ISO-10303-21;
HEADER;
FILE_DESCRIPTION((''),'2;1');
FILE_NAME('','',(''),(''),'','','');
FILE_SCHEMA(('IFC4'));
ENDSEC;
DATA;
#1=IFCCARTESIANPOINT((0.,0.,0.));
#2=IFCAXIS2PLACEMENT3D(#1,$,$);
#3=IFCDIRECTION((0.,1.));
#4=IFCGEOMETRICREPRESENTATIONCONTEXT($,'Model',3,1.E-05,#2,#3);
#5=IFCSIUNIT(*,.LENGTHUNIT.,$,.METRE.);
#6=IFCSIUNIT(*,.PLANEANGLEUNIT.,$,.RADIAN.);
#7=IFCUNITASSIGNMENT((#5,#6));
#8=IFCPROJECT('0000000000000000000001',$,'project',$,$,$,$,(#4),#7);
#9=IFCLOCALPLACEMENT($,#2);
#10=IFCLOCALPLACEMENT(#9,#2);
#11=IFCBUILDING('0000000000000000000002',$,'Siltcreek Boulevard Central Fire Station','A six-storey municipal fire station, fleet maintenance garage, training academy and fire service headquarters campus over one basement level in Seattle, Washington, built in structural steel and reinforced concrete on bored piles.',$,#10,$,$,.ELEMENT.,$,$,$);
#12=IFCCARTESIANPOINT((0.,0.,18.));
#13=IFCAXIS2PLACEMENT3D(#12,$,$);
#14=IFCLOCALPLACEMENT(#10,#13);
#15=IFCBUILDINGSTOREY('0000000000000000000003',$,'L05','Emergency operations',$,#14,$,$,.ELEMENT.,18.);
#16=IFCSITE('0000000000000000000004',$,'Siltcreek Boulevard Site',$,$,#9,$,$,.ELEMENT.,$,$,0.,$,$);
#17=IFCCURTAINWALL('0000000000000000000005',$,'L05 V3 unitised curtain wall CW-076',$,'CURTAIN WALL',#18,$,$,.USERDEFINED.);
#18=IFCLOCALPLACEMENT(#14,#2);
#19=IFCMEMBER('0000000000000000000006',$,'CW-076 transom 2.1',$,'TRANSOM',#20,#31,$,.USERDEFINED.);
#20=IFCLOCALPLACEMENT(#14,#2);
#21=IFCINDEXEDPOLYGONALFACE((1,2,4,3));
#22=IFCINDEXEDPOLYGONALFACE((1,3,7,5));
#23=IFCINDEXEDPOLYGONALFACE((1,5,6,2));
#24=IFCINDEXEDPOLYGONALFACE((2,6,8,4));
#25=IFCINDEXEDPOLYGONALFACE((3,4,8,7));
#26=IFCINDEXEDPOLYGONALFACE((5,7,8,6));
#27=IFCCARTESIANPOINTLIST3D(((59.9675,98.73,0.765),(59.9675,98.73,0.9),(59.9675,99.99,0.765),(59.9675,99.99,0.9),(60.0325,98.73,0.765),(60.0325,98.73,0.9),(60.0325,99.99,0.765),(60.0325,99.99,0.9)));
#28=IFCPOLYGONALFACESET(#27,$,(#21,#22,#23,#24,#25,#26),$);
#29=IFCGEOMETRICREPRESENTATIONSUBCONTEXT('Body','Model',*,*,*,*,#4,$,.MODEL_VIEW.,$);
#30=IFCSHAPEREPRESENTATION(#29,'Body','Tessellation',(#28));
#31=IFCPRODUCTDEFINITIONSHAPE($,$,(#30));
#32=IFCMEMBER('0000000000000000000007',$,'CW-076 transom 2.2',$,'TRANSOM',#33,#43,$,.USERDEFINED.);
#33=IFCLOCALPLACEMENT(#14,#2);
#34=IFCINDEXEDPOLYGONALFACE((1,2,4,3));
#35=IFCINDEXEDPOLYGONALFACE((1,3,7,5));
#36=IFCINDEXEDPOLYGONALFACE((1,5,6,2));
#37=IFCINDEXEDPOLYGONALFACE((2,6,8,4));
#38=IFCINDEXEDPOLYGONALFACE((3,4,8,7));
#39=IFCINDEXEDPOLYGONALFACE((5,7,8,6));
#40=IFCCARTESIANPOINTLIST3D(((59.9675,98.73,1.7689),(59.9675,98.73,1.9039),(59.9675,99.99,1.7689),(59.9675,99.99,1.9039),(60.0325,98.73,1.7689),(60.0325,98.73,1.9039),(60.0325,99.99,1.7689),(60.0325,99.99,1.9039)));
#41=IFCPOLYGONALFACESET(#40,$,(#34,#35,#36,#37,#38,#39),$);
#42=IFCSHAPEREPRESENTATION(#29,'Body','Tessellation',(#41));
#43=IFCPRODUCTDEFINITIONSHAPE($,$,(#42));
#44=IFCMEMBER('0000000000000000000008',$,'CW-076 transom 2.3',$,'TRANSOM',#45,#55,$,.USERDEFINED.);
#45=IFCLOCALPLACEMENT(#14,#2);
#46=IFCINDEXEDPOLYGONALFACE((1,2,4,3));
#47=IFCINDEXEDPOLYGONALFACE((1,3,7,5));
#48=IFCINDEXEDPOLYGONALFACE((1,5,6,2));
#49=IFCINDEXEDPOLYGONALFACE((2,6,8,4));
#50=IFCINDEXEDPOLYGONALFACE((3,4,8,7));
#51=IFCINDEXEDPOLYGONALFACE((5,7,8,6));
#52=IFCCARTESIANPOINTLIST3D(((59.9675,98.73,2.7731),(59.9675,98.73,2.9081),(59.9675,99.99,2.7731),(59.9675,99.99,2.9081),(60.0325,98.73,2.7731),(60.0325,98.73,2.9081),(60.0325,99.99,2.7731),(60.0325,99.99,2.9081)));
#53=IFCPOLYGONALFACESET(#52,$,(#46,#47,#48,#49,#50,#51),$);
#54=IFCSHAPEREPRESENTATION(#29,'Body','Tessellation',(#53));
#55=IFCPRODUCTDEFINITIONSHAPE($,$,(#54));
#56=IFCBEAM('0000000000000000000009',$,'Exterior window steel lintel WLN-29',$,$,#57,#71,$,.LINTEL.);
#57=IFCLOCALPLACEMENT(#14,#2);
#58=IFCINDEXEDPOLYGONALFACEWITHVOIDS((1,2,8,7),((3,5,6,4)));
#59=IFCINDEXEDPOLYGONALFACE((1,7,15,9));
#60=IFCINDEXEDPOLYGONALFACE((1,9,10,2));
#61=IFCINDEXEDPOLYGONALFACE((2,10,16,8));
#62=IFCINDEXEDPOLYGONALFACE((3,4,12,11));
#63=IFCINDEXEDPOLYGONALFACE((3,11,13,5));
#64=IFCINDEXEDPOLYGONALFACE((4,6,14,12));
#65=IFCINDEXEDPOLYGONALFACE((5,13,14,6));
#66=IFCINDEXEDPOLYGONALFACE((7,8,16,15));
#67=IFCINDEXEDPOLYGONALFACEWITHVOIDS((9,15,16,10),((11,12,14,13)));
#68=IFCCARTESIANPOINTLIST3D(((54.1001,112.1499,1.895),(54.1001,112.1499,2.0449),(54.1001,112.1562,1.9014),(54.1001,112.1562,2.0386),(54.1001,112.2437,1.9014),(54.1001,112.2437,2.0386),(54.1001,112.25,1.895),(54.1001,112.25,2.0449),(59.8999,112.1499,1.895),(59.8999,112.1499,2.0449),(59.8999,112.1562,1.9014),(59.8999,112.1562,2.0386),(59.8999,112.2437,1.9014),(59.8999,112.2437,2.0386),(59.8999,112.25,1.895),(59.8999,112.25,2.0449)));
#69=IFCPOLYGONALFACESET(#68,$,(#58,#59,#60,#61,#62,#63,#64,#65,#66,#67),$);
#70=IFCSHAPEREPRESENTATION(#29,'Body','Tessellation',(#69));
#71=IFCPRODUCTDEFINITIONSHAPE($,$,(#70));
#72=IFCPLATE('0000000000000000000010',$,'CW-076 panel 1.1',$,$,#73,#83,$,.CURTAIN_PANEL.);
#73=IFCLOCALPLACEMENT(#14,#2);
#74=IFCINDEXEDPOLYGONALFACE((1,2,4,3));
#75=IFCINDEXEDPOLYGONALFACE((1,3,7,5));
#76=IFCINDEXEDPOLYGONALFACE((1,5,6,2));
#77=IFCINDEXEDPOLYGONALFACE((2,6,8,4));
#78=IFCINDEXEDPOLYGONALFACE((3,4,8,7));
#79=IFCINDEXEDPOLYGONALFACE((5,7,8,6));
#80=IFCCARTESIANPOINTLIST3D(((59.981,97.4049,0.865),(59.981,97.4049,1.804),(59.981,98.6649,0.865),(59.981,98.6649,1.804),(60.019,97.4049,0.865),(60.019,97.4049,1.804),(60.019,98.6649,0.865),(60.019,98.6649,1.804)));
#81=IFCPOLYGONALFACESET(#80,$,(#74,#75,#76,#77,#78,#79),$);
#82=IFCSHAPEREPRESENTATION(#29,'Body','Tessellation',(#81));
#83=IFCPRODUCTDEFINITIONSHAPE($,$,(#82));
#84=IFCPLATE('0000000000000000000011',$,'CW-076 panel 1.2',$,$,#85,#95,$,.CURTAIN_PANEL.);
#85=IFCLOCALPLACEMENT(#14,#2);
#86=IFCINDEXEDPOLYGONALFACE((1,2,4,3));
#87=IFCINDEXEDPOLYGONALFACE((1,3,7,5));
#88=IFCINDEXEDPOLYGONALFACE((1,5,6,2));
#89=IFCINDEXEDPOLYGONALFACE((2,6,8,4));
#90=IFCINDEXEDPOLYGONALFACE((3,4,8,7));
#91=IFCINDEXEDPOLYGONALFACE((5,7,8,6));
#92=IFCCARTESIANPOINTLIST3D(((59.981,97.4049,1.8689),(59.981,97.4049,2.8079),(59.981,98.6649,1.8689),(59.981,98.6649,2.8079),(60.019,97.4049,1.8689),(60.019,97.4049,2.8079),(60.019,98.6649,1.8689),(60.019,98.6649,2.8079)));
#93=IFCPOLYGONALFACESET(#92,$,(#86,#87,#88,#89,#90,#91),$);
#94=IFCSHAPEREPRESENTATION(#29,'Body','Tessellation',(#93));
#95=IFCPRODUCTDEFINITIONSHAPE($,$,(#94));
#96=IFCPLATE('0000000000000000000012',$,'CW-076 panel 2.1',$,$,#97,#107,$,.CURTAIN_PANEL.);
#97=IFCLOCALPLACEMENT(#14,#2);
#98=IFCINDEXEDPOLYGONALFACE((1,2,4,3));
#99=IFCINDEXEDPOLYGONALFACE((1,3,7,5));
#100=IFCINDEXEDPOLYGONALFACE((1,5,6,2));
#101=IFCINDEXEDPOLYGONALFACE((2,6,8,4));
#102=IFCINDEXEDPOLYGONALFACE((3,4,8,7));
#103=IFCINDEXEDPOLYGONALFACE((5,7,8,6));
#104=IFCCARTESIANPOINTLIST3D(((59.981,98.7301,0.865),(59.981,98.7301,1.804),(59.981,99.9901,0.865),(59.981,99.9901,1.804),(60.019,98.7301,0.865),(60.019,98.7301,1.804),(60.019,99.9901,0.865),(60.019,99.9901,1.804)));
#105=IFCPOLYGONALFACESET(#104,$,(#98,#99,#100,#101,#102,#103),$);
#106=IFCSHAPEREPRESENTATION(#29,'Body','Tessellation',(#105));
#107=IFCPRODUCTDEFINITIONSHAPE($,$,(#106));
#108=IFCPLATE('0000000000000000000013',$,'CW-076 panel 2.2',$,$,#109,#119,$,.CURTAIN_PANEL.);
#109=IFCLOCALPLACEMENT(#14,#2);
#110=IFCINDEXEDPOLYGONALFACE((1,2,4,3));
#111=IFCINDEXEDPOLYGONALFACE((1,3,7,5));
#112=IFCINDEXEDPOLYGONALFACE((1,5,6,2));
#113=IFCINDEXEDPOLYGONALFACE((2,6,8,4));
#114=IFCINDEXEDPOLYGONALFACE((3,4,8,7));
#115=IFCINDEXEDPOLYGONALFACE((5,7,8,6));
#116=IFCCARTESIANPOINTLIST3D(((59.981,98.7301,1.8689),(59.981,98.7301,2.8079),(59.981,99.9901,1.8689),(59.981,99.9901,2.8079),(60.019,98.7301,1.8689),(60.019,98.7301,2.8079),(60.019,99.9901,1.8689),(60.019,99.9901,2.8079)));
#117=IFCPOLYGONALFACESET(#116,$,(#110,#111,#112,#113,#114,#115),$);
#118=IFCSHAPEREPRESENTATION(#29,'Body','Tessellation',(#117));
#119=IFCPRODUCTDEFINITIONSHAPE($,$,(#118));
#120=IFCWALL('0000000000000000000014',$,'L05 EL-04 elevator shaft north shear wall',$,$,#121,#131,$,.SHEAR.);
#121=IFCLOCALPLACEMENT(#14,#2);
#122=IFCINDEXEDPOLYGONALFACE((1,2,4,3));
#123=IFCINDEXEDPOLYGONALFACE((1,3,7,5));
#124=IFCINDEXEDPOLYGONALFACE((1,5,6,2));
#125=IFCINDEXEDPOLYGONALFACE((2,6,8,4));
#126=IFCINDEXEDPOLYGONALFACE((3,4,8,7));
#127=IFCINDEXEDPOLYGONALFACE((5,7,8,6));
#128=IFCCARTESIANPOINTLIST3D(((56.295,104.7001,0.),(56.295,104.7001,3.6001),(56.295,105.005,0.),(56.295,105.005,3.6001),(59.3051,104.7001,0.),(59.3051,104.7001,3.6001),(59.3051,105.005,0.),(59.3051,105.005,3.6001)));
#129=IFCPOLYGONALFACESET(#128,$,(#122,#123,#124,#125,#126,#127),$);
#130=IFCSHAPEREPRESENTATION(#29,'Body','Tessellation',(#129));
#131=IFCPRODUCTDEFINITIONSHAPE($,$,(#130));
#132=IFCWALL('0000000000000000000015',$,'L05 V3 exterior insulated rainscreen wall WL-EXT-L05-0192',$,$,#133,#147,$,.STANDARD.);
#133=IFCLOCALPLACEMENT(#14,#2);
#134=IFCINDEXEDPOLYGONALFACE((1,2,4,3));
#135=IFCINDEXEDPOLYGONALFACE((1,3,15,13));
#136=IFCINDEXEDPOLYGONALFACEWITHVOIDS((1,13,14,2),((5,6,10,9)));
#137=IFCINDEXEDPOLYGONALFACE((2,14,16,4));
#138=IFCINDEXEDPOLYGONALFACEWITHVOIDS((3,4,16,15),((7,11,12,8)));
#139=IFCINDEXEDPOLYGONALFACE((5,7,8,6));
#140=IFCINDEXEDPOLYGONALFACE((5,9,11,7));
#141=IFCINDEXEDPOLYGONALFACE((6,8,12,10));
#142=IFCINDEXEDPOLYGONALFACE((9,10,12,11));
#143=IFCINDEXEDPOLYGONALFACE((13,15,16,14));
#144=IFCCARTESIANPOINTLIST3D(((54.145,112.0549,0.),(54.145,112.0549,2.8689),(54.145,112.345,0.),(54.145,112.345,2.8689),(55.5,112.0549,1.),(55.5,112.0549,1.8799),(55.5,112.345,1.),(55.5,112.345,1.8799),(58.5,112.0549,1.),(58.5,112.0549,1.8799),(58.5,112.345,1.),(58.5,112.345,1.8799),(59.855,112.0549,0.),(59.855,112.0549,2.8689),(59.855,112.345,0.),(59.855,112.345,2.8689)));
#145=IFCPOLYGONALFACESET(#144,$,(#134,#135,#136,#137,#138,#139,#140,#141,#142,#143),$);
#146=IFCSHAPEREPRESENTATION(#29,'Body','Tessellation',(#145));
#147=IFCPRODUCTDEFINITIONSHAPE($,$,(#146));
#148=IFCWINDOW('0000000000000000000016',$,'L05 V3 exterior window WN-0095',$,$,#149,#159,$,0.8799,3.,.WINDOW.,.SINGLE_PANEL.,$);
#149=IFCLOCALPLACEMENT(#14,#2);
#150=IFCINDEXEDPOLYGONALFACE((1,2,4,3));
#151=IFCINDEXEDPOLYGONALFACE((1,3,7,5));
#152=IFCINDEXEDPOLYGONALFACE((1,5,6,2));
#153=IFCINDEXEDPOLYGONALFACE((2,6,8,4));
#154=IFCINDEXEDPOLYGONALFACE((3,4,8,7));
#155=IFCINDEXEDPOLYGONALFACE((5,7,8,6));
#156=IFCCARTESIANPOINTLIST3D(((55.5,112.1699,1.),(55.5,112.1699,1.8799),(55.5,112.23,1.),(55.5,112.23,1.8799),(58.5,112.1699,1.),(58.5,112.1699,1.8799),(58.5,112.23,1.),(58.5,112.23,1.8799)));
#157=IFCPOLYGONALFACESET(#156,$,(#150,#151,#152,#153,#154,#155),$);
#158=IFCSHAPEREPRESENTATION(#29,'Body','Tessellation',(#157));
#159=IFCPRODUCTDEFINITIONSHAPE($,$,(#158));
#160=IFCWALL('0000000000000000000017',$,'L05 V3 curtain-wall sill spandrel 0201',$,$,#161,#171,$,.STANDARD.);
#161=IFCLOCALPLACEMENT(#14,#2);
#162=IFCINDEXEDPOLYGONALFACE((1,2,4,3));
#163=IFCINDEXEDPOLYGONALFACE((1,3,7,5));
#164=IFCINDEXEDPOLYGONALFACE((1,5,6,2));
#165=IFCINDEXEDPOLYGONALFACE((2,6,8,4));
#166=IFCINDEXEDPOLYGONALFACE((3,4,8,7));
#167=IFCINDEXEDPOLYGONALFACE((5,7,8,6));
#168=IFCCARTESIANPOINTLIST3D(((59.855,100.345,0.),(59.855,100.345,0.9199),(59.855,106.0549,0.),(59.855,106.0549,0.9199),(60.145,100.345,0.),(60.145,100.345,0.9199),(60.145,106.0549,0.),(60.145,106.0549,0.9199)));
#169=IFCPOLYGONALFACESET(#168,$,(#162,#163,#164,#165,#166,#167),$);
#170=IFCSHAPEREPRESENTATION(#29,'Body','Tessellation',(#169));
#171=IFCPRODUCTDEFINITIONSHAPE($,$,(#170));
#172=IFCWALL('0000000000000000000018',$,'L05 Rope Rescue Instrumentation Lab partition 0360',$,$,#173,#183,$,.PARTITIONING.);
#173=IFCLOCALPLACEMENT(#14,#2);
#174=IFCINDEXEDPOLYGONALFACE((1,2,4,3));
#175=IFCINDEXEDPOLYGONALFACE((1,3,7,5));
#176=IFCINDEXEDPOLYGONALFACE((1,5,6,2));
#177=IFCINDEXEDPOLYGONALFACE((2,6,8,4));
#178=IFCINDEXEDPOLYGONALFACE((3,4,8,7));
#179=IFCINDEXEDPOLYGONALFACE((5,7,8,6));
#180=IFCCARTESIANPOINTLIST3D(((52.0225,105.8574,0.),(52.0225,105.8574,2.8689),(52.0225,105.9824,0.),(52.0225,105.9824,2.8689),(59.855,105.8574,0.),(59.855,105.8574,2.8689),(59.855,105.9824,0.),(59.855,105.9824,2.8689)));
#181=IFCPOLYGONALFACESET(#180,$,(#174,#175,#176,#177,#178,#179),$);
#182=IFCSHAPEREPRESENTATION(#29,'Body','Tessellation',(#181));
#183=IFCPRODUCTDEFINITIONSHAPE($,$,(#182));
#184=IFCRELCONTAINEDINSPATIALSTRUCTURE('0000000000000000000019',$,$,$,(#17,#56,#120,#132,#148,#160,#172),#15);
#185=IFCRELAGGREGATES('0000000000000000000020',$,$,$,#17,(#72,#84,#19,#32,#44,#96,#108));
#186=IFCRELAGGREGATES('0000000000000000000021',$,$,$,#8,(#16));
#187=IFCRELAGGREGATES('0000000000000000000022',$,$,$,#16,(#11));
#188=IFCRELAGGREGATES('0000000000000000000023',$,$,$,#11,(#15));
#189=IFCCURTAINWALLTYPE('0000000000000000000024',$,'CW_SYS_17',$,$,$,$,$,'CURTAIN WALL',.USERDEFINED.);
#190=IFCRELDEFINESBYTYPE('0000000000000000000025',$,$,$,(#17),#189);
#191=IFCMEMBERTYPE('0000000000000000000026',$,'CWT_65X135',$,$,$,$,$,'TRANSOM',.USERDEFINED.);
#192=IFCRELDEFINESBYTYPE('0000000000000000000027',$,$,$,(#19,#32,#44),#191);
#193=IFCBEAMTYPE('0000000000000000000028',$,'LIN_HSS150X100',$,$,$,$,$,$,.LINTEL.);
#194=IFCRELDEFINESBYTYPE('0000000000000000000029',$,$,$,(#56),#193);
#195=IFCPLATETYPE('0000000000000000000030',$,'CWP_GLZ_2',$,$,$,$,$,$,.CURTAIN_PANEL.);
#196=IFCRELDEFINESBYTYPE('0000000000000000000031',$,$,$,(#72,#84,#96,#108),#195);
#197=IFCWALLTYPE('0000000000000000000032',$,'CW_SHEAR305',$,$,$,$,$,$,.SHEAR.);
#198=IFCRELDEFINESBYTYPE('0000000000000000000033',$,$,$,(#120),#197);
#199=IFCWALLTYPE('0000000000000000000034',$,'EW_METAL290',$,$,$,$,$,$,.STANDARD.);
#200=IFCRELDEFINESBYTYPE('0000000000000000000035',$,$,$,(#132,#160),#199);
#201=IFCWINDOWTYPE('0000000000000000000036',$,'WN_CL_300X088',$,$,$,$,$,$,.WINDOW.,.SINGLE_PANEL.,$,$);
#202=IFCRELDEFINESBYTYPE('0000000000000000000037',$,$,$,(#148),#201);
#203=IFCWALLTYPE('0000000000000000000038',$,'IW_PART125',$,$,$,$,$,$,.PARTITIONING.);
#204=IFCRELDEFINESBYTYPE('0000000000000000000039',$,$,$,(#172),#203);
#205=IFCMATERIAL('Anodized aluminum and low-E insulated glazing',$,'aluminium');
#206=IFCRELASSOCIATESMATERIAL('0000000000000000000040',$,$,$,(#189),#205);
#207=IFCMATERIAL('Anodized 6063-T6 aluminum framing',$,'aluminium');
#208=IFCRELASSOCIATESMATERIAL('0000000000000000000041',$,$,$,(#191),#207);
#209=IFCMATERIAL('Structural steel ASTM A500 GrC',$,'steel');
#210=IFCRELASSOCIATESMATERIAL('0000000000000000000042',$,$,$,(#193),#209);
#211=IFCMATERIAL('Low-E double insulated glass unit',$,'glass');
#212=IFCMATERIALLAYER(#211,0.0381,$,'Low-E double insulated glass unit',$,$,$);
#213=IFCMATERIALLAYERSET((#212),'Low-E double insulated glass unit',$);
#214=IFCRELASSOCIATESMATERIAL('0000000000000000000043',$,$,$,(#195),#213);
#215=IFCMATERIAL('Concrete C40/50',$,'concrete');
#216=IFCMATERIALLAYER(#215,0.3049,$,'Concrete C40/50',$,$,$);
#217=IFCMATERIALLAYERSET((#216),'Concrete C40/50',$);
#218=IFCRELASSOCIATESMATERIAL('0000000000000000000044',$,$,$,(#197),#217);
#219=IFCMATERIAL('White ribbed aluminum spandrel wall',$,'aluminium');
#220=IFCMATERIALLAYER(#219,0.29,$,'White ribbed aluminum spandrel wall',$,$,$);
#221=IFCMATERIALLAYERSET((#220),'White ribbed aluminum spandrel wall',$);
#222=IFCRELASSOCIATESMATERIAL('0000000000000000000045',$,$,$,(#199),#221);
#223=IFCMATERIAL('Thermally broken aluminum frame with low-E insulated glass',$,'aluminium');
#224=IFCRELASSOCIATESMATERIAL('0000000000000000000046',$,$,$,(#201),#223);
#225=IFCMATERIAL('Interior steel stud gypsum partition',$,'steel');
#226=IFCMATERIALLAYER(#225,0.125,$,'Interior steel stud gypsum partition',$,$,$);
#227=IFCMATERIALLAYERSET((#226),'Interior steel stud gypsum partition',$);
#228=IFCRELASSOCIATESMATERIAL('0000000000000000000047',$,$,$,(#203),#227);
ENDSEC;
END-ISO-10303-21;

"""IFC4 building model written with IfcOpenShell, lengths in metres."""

from ifc_helpers import new_model, si_unit, direction, frame, frame_2d, origin, origin_2d, place, context, subcontext, project, spatial, rectangle, hollow_rectangle, extrude, material, layer, layer_set, material_profile, profile_set, type_object, element, fill, aggregate, save


model = new_model("IFC4")

# Units and contexts
model_context = context("Model", 3, precision=1e-05, world=origin(), true_north=direction((0.0, 1.0)))
body_context = subcontext(model_context, "Body", "Model", "MODEL_VIEW")
ifc_project = project(units=[si_unit("LENGTHUNIT", "METRE"), si_unit("PLANEANGLEUNIT", "RADIAN")], contexts=[model_context])

# Site, building, storey
site_placement = place(None, origin())
site = spatial("IfcSite", under=ifc_project, at=site_placement, Name="Siltcreek Boulevard Site", CompositionType="ELEMENT", RefElevation=0.0)
building_placement = place(site_placement, origin())
building = spatial("IfcBuilding", under=site, at=building_placement, Name="Siltcreek Boulevard Central Fire Station", Description="A six-storey municipal fire station, fleet maintenance garage, training academy and fire service headquarters campus over one basement level in Seattle, Washington, built in structural steel and reinforced concrete on bored piles.", CompositionType="ELEMENT")
storey_placement = place(building_placement, frame((0.0, 0.0, 18.0)))
storey = spatial("IfcBuildingStorey", under=building, at=storey_placement, Name="L05", Description="Emergency operations", CompositionType="ELEMENT", Elevation=18.0)

# Curtain wall, members
ifc_material_1 = material(Name="Anodized aluminum and low-E insulated glazing", Category="aluminium")
ifc_material_2 = material(Name="Anodized 6063-T6 aluminum framing", Category="aluminium")
curtain_wall_type_1 = type_object("IfcCurtainWallType", Name="CW_SYS_17", ElementType="CURTAIN WALL", PredefinedType="USERDEFINED", material=ifc_material_1)
curtain_wall_1_placement = place(storey_placement, origin())
curtain_wall_1 = element("IfcCurtainWall", 1, at=curtain_wall_1_placement, inside=storey, type_object=curtain_wall_type_1, Name="L05 V3 unitised curtain wall CW-076", ObjectType="CURTAIN WALL", PredefinedType="USERDEFINED")
ifc_material_profile_1 = material_profile(ifc_material_2, rectangle(XDim=0.0649, YDim=0.135, at=origin_2d()), Name="TRAN65X135")
ifc_profile_set_1 = profile_set([ifc_material_profile_1], Name="Anodized 6063-T6 aluminum framing")
member_type_1 = type_object("IfcMemberType", Name="CWT_65X135", ElementType="TRANSOM", PredefinedType="USERDEFINED", material=ifc_profile_set_1)
member_1_placement = place(storey_placement, frame((60.0, 98.73, 0.8325), z_axis=(0.0, 1.0, 0.0), x_axis=(-1.0, 0.0, 0.0)))
member_1 = element("IfcMember", 2, at=member_1_placement, type_object=member_type_1, Name="CW-076 transom 2.1", ObjectType="TRANSOM", PredefinedType="USERDEFINED", context=body_context, shape_type="SweptSolid", body=[
    extrude(rectangle(XDim=0.0649, YDim=0.135, at=origin_2d()), origin(), (0.0, 0.0, 1.0), 1.26),
])
member_2_placement = place(storey_placement, frame((60.0, 98.73, 1.8364), z_axis=(0.0, 1.0, 0.0), x_axis=(-1.0, 0.0, 0.0)))
member_2 = element("IfcMember", 3, at=member_2_placement, type_object=member_type_1, Name="CW-076 transom 2.2", ObjectType="TRANSOM", PredefinedType="USERDEFINED", context=body_context, shape_type="SweptSolid", body=[
    extrude(rectangle(XDim=0.0649, YDim=0.135, at=origin_2d()), origin(), (0.0, 0.0, 1.0), 1.26),
])
member_3_placement = place(storey_placement, frame((60.0, 98.73, 2.8406), z_axis=(0.0, 1.0, 0.0), x_axis=(-1.0, 0.0, 0.0)))
member_3 = element("IfcMember", 4, at=member_3_placement, type_object=member_type_1, Name="CW-076 transom 2.3", ObjectType="TRANSOM", PredefinedType="USERDEFINED", context=body_context, shape_type="SweptSolid", body=[
    extrude(rectangle(XDim=0.0649, YDim=0.135, at=origin_2d()), origin(), (0.0, 0.0, 1.0), 1.26),
])

# Beam
ifc_material_3 = material(Name="Structural steel ASTM A500 GrC", Category="steel")
ifc_material_profile_2 = material_profile(ifc_material_3, hollow_rectangle(XDim=0.1001, YDim=0.1499, WallThickness=0.0063, at=origin_2d()), Name="HSS150X100X6.4")
ifc_profile_set_2 = profile_set([ifc_material_profile_2], Name="Structural steel ASTM A500 GrC")
beam_type_1 = type_object("IfcBeamType", Name="LIN_HSS150X100", PredefinedType="LINTEL", material=ifc_profile_set_2)
beam_placement = place(storey_placement, frame((59.8999, 112.2, 1.97), z_axis=(-1.0, 0.0, 0.0), x_axis=(0.0, -1.0, 0.0)))
element("IfcBeam", 5, at=beam_placement, inside=storey, type_object=beam_type_1, Name="Exterior window steel lintel WLN-29", PredefinedType="LINTEL", context=body_context, shape_type="SweptSolid", body=[
    extrude(hollow_rectangle(XDim=0.1001, YDim=0.1499, WallThickness=0.0063, at=origin_2d()), origin(), (0.0, 0.0, 1.0), 5.7998),
])

# Plates
ifc_material_4 = material(Name="Low-E double insulated glass unit", Category="glass")
ifc_layer_1 = layer(ifc_material_4, 0.0381, Name="Low-E double insulated glass unit")
ifc_layer_set_1 = layer_set([ifc_layer_1], Name="Low-E double insulated glass unit")
plate_type = type_object("IfcPlateType", Name="CWP_GLZ_2", PredefinedType="CURTAIN_PANEL", material=ifc_layer_set_1)
plate_1_placement = place(storey_placement, frame((60.0, 98.0349, 0.865), z_axis=(0.0, 0.0, 1.0), x_axis=(0.0, 1.0, 0.0)))
plate_1 = element("IfcPlate", 6, at=plate_1_placement, type_object=plate_type, Name="CW-076 panel 1.1", PredefinedType="CURTAIN_PANEL", context=body_context, shape_type="SweptSolid", body=[
    extrude(rectangle(XDim=1.26, YDim=0.0381, at=origin_2d()), origin(), (0.0, 0.0, 1.0), 0.939),
])
plate_2_placement = place(storey_placement, frame((60.0, 98.0349, 1.8689), z_axis=(0.0, 0.0, 1.0), x_axis=(0.0, 1.0, 0.0)))
plate_2 = element("IfcPlate", 7, at=plate_2_placement, type_object=plate_type, Name="CW-076 panel 1.2", PredefinedType="CURTAIN_PANEL", context=body_context, shape_type="SweptSolid", body=[
    extrude(rectangle(XDim=1.26, YDim=0.0381, at=origin_2d()), origin(), (0.0, 0.0, 1.0), 0.939),
])
plate_3_placement = place(storey_placement, frame((60.0, 99.3601, 0.865), z_axis=(0.0, 0.0, 1.0), x_axis=(0.0, 1.0, 0.0)))
plate_3 = element("IfcPlate", 8, at=plate_3_placement, type_object=plate_type, Name="CW-076 panel 2.1", PredefinedType="CURTAIN_PANEL", context=body_context, shape_type="SweptSolid", body=[
    extrude(rectangle(XDim=1.26, YDim=0.0381, at=origin_2d()), origin(), (0.0, 0.0, 1.0), 0.939),
])
plate_4_placement = place(storey_placement, frame((60.0, 99.3601, 1.8689), z_axis=(0.0, 0.0, 1.0), x_axis=(0.0, 1.0, 0.0)))
plate_4 = element("IfcPlate", 9, at=plate_4_placement, type_object=plate_type, Name="CW-076 panel 2.2", PredefinedType="CURTAIN_PANEL", context=body_context, shape_type="SweptSolid", body=[
    extrude(rectangle(XDim=1.26, YDim=0.0381, at=origin_2d()), origin(), (0.0, 0.0, 1.0), 0.939),
])
aggregate(curtain_wall_1, [plate_1, plate_2, member_1, member_2, member_3, plate_3, plate_4])

# Wall
ifc_material_5 = material(Name="Concrete C40/50", Category="concrete")
ifc_layer_2 = layer(ifc_material_5, 0.3049, Name="Concrete C40/50")
ifc_layer_set_2 = layer_set([ifc_layer_2], Name="Concrete C40/50")
wall_type_1 = type_object("IfcWallType", Name="CW_SHEAR305", PredefinedType="SHEAR", material=ifc_layer_set_2)
wall_1_placement = place(storey_placement, frame((59.3049, 104.8525, 0.0), z_axis=(0.0, 0.0, 1.0), x_axis=(-1.0, 0.0, 0.0)))
element("IfcWall", 10, at=wall_1_placement, inside=storey, type_object=wall_type_1, Name="L05 EL-04 elevator shaft north shear wall", PredefinedType="SHEAR", context=body_context, shape_type="SweptSolid", body=[
    extrude(rectangle(XDim=3.01, YDim=0.3049, at=frame_2d((1.5049, 0.0))), origin(), (0.0, 0.0, 1.0), 3.6001),
])

# Wall, opening, window
ifc_material_6 = material(Name="White ribbed aluminum spandrel wall", Category="aluminium")
ifc_layer_3 = layer(ifc_material_6, 0.29, Name="White ribbed aluminum spandrel wall")
ifc_layer_set_3 = layer_set([ifc_layer_3], Name="White ribbed aluminum spandrel wall")
wall_type_2 = type_object("IfcWallType", Name="EW_METAL290", PredefinedType="STANDARD", material=ifc_layer_set_3)
wall_2_placement = place(storey_placement, frame((59.855, 112.2, 0.0), z_axis=(0.0, 0.0, 1.0), x_axis=(-1.0, 0.0, 0.0)))
wall_2 = element("IfcWall", 11, at=wall_2_placement, inside=storey, type_object=wall_type_2, Name="L05 V3 exterior insulated rainscreen wall WL-EXT-L05-0192", PredefinedType="STANDARD", context=body_context, shape_type="SweptSolid", body=[
    extrude(rectangle(XDim=5.71, YDim=0.29, at=frame_2d((2.855, 0.0))), origin(), (0.0, 0.0, 1.0), 2.8689),
])
opening_placement = place(wall_2_placement, frame((1.355, 0.0, 1.0)))
opening = element("IfcOpeningElement", 12, at=opening_placement, cuts=wall_2, PredefinedType="OPENING", context=body_context, shape_type="SweptSolid", body=[
    extrude(rectangle(XDim=3.0, YDim=0.8799, at=frame_2d((1.5, 0.4399))), frame((0.0, 0.155, 0.0), z_axis=(0.0, -1.0, 0.0), x_axis=(1.0, 0.0, 0.0)), (0.0, 0.0, 1.0), 0.3101),
])
ifc_material_7 = material(Name="Thermally broken aluminum frame with low-E insulated glass", Category="aluminium")
window_type = type_object("IfcWindowType", Name="WN_CL_300X088", PartitioningType="SINGLE_PANEL", PredefinedType="WINDOW", material=ifc_material_7)
window_placement = place(opening_placement, origin())
window = element("IfcWindow", 13, at=window_placement, inside=storey, type_object=window_type, Name="L05 V3 exterior window WN-0095", OverallHeight=0.8799, OverallWidth=3.0, PartitioningType="SINGLE_PANEL", PredefinedType="WINDOW", context=body_context, shape_type="SweptSolid", body=[
    extrude(rectangle(XDim=3.0, YDim=0.8799, at=frame_2d((1.5, 0.4399))), frame((0.0, 0.03, 0.0), z_axis=(0.0, -1.0, 0.0), x_axis=(1.0, 0.0, 0.0)), (0.0, 0.0, 1.0), 0.0601),
])
fill(opening, window)

# Walls
wall_3_placement = place(storey_placement, frame((60.0, 100.345, 0.0), z_axis=(0.0, 0.0, 1.0), x_axis=(0.0, 1.0, 0.0)))
element("IfcWall", 14, at=wall_3_placement, inside=storey, type_object=wall_type_2, Name="L05 V3 curtain-wall sill spandrel 0201", PredefinedType="STANDARD", context=body_context, shape_type="SweptSolid", body=[
    extrude(rectangle(XDim=5.71, YDim=0.29, at=frame_2d((2.855, 0.0))), origin(), (0.0, 0.0, 1.0), 0.9199),
])
ifc_material_8 = material(Name="Interior steel stud gypsum partition", Category="steel")
ifc_layer_4 = layer(ifc_material_8, 0.125, Name="Interior steel stud gypsum partition")
ifc_layer_set_4 = layer_set([ifc_layer_4], Name="Interior steel stud gypsum partition")
wall_type_3 = type_object("IfcWallType", Name="IW_PART125", PredefinedType="PARTITIONING", material=ifc_layer_set_4)
wall_4_placement = place(storey_placement, frame((59.855, 105.9199, 0.0), z_axis=(0.0, 0.0, 1.0), x_axis=(-1.0, 0.0, 0.0)))
element("IfcWall", 15, at=wall_4_placement, inside=storey, type_object=wall_type_3, Name="L05 Rope Rescue Instrumentation Lab partition 0360", PredefinedType="PARTITIONING", context=body_context, shape_type="SweptSolid", body=[
    extrude(rectangle(XDim=7.8325, YDim=0.125, at=frame_2d((3.9163, 0.0))), origin(), (0.0, 0.0, 1.0), 2.8689),
])

save(model, "model.ifc")
